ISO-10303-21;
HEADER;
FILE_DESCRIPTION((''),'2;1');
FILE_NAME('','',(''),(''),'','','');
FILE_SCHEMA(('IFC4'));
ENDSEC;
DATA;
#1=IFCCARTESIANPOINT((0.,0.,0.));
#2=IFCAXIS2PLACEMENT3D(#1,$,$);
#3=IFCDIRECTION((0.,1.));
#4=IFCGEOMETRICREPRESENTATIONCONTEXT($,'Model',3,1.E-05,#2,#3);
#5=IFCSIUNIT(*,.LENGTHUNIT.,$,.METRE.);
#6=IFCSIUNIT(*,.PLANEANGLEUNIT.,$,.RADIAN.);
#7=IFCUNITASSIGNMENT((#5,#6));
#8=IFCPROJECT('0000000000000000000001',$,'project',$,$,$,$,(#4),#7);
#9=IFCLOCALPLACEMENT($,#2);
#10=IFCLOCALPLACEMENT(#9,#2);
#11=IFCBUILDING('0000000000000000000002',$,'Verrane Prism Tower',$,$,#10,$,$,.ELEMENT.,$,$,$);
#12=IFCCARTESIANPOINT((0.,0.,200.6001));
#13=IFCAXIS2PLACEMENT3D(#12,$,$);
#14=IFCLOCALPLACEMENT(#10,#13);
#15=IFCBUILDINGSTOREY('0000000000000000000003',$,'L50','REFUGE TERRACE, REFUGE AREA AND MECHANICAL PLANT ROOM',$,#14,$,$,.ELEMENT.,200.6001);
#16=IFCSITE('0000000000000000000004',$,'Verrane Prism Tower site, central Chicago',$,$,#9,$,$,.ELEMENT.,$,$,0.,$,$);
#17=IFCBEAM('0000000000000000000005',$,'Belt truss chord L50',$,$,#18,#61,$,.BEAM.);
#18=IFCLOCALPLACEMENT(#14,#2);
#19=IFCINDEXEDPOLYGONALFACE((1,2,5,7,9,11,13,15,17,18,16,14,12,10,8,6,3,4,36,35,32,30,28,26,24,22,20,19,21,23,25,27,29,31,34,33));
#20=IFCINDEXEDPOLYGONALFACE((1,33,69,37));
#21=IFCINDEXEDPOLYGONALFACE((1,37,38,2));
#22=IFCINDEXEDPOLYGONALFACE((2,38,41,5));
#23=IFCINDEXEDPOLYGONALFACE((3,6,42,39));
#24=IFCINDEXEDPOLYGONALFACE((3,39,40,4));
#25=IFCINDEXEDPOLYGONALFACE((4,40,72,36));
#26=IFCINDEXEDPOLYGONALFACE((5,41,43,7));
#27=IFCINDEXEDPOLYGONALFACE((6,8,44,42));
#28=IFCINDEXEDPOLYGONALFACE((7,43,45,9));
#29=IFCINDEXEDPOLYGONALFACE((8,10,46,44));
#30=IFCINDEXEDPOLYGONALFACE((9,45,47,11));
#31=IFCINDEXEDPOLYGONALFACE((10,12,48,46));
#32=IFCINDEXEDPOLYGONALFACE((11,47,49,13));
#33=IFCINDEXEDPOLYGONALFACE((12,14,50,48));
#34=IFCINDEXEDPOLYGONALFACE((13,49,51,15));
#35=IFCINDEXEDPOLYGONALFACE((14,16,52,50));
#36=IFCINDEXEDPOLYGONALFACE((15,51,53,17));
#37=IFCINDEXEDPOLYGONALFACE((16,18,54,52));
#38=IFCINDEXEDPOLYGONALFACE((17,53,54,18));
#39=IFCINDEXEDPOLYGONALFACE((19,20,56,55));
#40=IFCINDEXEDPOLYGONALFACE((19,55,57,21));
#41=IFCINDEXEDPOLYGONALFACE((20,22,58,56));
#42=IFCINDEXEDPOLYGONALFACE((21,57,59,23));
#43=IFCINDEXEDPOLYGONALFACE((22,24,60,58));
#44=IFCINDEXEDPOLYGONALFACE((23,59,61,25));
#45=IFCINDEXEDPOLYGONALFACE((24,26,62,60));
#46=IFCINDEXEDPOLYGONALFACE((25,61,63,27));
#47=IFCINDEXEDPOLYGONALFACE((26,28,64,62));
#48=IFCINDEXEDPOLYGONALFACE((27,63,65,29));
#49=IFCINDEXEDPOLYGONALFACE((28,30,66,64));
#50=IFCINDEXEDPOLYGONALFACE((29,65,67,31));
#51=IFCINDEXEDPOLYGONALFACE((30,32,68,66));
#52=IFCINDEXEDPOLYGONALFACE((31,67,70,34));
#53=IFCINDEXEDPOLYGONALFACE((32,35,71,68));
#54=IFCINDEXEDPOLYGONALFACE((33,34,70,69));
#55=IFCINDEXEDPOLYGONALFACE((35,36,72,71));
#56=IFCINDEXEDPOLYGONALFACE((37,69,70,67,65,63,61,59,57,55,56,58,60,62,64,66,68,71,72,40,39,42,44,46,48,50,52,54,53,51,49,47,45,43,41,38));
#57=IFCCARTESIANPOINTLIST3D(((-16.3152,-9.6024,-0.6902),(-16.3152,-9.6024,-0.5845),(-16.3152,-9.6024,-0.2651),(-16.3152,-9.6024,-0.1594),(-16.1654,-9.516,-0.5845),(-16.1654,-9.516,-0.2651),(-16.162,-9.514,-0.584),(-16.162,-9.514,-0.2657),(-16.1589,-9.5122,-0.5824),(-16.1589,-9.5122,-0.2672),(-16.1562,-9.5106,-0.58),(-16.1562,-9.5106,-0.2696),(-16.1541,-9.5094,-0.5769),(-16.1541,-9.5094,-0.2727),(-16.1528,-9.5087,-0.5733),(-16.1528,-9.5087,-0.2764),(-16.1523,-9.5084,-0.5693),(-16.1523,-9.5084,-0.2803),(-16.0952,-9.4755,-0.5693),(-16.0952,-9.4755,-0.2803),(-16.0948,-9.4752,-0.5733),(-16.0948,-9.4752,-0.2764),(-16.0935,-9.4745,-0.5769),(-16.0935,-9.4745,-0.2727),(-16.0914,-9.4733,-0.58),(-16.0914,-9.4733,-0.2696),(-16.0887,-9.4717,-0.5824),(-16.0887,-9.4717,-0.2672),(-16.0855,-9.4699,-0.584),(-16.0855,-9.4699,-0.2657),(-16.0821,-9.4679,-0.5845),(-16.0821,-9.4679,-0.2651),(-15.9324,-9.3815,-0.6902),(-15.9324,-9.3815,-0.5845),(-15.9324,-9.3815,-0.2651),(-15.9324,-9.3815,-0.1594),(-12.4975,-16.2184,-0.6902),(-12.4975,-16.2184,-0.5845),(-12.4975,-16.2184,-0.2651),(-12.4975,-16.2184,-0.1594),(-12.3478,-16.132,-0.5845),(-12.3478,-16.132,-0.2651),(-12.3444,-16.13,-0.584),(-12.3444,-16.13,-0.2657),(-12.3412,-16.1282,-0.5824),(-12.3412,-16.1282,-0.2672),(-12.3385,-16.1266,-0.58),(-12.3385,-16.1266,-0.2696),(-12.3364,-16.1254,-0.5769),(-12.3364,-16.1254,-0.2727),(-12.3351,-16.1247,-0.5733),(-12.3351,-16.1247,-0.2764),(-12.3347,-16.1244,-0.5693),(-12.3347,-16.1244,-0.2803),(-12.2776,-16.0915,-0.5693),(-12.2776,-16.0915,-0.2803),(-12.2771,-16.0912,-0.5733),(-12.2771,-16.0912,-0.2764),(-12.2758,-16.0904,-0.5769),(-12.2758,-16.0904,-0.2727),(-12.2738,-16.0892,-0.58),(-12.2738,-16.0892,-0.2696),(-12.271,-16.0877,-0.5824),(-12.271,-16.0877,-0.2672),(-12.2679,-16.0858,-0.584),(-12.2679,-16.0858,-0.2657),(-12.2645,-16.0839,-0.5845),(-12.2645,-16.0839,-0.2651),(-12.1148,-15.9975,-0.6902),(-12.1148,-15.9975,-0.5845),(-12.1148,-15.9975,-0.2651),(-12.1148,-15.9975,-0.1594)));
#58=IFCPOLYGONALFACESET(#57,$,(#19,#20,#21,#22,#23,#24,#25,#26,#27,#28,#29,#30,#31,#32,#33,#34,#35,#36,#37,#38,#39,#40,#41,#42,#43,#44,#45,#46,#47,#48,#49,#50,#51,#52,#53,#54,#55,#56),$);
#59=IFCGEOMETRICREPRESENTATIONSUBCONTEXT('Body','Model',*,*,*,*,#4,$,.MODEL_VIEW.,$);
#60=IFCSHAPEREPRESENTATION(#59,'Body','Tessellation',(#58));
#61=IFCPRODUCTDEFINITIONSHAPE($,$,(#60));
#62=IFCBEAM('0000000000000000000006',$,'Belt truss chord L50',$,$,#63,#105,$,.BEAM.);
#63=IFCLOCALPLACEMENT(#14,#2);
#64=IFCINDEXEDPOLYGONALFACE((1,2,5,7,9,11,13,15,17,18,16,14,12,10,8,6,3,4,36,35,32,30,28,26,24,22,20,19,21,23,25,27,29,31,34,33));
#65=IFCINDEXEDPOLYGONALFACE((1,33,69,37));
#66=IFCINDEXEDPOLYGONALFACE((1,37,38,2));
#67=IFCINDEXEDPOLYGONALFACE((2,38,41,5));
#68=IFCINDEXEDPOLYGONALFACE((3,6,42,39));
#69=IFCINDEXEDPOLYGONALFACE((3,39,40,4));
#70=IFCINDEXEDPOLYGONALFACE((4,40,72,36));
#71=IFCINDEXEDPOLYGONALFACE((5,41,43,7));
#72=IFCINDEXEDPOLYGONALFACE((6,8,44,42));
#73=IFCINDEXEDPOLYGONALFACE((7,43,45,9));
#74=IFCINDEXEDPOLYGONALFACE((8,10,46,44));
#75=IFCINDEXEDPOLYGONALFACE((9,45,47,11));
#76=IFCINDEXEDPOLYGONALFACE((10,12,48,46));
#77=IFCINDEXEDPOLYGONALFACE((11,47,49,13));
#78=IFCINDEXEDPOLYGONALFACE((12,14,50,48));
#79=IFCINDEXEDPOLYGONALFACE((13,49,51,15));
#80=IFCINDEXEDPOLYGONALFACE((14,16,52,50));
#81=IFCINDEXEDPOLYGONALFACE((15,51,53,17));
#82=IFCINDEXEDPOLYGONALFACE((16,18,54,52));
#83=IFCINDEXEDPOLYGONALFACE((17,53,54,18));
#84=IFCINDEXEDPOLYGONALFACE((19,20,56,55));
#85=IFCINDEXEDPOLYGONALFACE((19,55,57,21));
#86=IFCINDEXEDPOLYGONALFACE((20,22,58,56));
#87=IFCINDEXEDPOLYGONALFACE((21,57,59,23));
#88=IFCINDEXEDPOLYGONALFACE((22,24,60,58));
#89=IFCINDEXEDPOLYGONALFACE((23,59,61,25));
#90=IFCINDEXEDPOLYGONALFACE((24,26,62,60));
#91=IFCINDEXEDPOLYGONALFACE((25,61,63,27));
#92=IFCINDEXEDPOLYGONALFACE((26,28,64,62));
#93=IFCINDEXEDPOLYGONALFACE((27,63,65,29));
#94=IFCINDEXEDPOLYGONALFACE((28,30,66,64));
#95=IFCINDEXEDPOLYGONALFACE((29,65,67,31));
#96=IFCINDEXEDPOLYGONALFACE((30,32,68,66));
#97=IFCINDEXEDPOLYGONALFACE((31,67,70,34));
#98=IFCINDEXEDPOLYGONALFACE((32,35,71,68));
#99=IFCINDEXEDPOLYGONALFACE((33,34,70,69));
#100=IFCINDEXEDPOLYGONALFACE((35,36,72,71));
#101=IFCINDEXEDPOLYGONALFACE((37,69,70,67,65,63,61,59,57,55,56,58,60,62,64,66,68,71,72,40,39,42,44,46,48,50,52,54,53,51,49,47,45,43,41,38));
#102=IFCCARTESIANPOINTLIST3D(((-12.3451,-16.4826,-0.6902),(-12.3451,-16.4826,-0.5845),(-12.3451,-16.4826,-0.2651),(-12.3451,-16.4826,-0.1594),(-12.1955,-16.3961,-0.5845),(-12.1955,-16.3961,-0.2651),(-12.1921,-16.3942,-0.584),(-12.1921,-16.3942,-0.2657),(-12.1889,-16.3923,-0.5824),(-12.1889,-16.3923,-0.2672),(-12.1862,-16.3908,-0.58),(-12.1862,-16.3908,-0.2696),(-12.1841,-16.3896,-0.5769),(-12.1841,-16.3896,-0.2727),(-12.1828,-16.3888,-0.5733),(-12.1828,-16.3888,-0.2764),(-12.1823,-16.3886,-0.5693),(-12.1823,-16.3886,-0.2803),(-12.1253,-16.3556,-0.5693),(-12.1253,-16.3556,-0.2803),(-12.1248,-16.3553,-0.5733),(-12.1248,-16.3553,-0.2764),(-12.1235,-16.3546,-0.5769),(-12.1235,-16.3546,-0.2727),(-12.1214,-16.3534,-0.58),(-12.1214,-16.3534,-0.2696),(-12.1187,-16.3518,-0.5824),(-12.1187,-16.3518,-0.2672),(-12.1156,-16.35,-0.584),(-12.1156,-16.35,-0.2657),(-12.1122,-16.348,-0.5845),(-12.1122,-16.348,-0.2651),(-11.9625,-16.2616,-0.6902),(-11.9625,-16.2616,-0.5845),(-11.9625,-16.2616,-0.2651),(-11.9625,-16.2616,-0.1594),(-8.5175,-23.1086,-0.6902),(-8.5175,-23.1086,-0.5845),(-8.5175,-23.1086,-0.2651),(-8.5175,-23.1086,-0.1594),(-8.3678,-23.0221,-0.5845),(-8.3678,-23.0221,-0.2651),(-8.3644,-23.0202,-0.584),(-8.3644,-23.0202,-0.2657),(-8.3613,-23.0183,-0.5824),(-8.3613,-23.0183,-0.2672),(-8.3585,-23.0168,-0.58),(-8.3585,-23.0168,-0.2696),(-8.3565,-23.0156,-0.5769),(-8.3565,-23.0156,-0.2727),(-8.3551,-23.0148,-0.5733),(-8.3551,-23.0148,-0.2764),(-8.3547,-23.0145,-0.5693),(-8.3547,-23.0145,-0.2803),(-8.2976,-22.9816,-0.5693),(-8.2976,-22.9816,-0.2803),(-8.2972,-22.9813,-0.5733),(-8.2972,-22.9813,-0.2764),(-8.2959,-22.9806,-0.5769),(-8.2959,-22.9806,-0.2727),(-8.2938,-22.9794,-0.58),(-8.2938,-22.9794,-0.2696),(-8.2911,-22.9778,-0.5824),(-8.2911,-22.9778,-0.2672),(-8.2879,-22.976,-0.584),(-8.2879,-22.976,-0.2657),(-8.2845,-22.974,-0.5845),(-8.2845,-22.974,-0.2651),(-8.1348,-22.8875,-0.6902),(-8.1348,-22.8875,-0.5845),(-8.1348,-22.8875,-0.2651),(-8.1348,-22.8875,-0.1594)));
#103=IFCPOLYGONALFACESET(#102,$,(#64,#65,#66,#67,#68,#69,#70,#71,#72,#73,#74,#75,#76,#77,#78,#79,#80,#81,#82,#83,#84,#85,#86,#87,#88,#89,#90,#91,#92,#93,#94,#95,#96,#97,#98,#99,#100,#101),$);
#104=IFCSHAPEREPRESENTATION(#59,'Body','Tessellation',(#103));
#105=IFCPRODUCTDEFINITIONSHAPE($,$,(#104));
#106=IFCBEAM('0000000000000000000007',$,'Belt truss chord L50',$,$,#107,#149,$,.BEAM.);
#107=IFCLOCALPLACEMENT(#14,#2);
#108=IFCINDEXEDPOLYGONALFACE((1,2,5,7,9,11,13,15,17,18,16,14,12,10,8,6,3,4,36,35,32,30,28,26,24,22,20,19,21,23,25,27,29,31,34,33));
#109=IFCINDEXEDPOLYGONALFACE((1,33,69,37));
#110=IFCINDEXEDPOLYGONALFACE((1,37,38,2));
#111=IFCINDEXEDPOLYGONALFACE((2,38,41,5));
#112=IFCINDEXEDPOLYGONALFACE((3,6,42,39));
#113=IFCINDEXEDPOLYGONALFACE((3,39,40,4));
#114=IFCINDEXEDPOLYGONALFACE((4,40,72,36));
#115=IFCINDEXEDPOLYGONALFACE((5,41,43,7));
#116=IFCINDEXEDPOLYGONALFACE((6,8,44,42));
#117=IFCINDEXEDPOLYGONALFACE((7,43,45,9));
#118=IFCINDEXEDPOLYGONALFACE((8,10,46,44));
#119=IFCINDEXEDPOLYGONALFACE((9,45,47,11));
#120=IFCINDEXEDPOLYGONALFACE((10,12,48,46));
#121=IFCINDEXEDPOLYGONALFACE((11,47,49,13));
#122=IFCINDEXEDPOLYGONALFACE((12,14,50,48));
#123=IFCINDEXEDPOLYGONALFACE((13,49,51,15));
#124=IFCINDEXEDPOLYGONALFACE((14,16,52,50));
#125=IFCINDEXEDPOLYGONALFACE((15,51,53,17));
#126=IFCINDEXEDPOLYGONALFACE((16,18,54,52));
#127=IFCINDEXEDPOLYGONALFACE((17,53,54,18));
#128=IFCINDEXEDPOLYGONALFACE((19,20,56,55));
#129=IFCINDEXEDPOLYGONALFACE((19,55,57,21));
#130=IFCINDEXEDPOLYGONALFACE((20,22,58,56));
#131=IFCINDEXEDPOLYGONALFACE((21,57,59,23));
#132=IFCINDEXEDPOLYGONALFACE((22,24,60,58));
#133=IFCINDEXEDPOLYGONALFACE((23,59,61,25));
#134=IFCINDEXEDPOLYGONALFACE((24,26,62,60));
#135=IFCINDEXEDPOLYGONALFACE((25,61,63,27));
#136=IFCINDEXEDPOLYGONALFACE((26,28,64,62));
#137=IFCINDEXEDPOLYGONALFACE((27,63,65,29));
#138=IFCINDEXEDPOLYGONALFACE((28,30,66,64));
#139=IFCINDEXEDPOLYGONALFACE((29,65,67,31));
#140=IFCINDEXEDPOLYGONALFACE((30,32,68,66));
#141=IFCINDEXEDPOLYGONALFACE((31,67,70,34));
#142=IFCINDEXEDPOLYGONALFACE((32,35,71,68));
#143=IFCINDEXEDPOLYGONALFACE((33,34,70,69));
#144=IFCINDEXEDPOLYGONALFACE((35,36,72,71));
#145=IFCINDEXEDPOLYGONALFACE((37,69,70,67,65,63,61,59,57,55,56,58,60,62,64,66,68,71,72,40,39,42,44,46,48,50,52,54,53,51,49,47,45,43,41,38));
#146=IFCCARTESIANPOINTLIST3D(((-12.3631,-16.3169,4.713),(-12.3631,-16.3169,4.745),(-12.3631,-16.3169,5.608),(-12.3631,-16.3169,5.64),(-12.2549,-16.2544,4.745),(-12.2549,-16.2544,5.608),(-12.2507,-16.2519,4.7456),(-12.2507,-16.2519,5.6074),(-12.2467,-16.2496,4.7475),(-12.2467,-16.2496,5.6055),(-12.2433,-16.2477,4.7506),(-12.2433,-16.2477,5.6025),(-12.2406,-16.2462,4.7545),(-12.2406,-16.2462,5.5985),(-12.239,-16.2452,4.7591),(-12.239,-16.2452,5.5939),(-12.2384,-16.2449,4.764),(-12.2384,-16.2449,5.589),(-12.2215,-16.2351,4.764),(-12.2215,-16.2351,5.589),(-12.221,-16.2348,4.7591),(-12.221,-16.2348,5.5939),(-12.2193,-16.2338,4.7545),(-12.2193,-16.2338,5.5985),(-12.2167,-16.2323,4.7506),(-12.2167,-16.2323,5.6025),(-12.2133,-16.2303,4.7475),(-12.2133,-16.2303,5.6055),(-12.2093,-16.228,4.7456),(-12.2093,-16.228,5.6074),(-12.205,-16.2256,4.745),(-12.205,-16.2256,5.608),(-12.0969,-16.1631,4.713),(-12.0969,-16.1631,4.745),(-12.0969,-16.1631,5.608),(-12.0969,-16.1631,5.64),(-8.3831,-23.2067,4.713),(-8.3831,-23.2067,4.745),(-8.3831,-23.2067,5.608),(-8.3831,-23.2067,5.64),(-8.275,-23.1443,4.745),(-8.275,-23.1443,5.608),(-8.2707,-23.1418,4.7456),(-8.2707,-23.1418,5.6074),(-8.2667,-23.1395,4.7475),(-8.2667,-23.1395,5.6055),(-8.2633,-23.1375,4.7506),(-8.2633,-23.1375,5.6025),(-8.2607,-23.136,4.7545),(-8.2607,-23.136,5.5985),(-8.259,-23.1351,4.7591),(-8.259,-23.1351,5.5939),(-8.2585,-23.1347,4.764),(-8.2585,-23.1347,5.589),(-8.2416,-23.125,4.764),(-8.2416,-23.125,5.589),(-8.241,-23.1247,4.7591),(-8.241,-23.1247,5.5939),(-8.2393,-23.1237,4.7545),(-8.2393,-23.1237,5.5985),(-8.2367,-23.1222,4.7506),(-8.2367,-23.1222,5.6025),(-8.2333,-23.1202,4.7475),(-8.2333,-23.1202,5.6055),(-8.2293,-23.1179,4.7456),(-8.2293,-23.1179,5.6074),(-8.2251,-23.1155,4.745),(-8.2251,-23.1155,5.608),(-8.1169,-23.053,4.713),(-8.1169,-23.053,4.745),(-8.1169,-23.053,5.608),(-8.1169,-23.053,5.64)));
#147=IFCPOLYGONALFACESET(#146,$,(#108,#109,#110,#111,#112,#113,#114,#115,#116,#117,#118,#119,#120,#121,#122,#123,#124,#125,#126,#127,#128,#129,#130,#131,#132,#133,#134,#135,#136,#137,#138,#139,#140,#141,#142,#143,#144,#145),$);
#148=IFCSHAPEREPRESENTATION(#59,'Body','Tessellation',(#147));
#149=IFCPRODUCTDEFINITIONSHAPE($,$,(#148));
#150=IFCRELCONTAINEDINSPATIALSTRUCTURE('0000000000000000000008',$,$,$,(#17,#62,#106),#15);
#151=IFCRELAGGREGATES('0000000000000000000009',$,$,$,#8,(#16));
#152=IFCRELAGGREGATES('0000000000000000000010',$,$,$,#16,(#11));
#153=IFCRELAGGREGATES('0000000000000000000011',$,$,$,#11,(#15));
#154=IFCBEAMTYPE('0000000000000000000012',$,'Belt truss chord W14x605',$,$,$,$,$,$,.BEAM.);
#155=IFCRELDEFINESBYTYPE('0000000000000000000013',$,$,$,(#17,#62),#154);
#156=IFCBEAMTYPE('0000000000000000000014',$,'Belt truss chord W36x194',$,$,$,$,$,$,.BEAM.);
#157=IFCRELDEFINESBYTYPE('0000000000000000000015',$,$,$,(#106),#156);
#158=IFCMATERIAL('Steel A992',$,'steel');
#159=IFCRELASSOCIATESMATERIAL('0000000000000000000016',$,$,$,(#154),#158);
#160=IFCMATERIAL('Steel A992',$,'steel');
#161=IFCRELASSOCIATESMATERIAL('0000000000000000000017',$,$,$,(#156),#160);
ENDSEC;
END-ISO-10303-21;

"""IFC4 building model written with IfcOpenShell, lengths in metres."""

from ifc_helpers import new_model, si_unit, direction, frame, origin, origin_2d, place, context, subcontext, project, spatial, i_section, extrude, material, material_profile, profile_set, type_object, element, save


model = new_model("IFC4")

# Units and contexts
model_context = context("Model", 3, precision=1e-05, world=origin(), true_north=direction((0.0, 1.0)))
body_context = subcontext(model_context, "Body", "Model", "MODEL_VIEW")
ifc_project = project(units=[si_unit("LENGTHUNIT", "METRE"), si_unit("PLANEANGLEUNIT", "RADIAN")], contexts=[model_context])

# Site, building, storey
site_placement = place(None, origin())
site = spatial("IfcSite", under=ifc_project, at=site_placement, Name="Verrane Prism Tower site, central Chicago", CompositionType="ELEMENT", RefElevation=0.0)
building_placement = place(site_placement, origin())
building = spatial("IfcBuilding", under=site, at=building_placement, Name="Verrane Prism Tower", CompositionType="ELEMENT")
storey_placement = place(building_placement, frame((0.0, 0.0, 200.6001)))
storey = spatial("IfcBuildingStorey", under=building, at=storey_placement, Name="L50", Description="REFUGE TERRACE, REFUGE AREA AND MECHANICAL PLANT ROOM", CompositionType="ELEMENT", Elevation=200.6001)

# Beams
ifc_material_1 = material(Name="Steel A992", Category="steel")
ifc_material_profile_1 = material_profile(ifc_material_1, i_section(OverallWidth=0.4419, OverallDepth=0.5308, WebThickness=0.0659, FlangeThickness=0.1057, FilletRadius=0.0151, at=origin_2d()), Name="W14x605")
ifc_profile_set_1 = profile_set([ifc_material_profile_1], Name="Steel A992")
beam_type_1 = type_object("IfcBeamType", Name="Belt truss chord W14x605", PredefinedType="BEAM", material=ifc_profile_set_1)
beam_1_placement = place(storey_placement, frame((-16.1238, -9.4919, -0.4248), z_axis=(0.499793, -0.866145, 0.0), x_axis=(0.866145, 0.499793, 0.0)))
element("IfcBeam", 1, at=beam_1_placement, inside=storey, type_object=beam_type_1, Name="Belt truss chord L50", PredefinedType="BEAM", context=body_context, shape_type="SweptSolid", body=[
    extrude(i_section(OverallWidth=0.4419, OverallDepth=0.5308, WebThickness=0.0659, FlangeThickness=0.1057, FilletRadius=0.0151, at=origin_2d()), origin(), (0.0, 0.0, 1.0), 7.6384),
])
beam_2_placement = place(storey_placement, frame((-12.1538, -16.3721, -0.4248), z_axis=(0.500208, -0.865905, 0.0), x_axis=(0.865905, 0.500208, 0.0)))
element("IfcBeam", 2, at=beam_2_placement, inside=storey, type_object=beam_type_1, Name="Belt truss chord L50", PredefinedType="BEAM", context=body_context, shape_type="SweptSolid", body=[
    extrude(i_section(OverallWidth=0.4419, OverallDepth=0.5308, WebThickness=0.0659, FlangeThickness=0.1057, FilletRadius=0.0151, at=origin_2d()), origin(), (0.0, 0.0, 1.0), 7.6521),
])
ifc_material_2 = material(Name="Steel A992", Category="steel")
ifc_material_profile_2 = material_profile(ifc_material_2, i_section(OverallWidth=0.3074, OverallDepth=0.927, WebThickness=0.0195, FlangeThickness=0.032, FilletRadius=0.019, at=origin_2d()), Name="W36x194")
ifc_profile_set_2 = profile_set([ifc_material_profile_2], Name="Steel A992")
beam_type_2 = type_object("IfcBeamType", Name="Belt truss chord W36x194", PredefinedType="BEAM", material=ifc_profile_set_2)
beam_3_placement = place(storey_placement, frame((-12.23, -16.24, 5.1765), z_axis=(0.500198, -0.865911, 0.0), x_axis=(0.865911, 0.500198, 0.0)))
element("IfcBeam", 3, at=beam_3_placement, inside=storey, type_object=beam_type_2, Name="Belt truss chord L50", PredefinedType="BEAM", context=body_context, shape_type="SweptSolid", body=[
    extrude(i_section(OverallWidth=0.3074, OverallDepth=0.927, WebThickness=0.0195, FlangeThickness=0.032, FilletRadius=0.019, at=origin_2d()), origin(), (0.0, 0.0, 1.0), 7.9568),
])

save(model, "model.ifc")
